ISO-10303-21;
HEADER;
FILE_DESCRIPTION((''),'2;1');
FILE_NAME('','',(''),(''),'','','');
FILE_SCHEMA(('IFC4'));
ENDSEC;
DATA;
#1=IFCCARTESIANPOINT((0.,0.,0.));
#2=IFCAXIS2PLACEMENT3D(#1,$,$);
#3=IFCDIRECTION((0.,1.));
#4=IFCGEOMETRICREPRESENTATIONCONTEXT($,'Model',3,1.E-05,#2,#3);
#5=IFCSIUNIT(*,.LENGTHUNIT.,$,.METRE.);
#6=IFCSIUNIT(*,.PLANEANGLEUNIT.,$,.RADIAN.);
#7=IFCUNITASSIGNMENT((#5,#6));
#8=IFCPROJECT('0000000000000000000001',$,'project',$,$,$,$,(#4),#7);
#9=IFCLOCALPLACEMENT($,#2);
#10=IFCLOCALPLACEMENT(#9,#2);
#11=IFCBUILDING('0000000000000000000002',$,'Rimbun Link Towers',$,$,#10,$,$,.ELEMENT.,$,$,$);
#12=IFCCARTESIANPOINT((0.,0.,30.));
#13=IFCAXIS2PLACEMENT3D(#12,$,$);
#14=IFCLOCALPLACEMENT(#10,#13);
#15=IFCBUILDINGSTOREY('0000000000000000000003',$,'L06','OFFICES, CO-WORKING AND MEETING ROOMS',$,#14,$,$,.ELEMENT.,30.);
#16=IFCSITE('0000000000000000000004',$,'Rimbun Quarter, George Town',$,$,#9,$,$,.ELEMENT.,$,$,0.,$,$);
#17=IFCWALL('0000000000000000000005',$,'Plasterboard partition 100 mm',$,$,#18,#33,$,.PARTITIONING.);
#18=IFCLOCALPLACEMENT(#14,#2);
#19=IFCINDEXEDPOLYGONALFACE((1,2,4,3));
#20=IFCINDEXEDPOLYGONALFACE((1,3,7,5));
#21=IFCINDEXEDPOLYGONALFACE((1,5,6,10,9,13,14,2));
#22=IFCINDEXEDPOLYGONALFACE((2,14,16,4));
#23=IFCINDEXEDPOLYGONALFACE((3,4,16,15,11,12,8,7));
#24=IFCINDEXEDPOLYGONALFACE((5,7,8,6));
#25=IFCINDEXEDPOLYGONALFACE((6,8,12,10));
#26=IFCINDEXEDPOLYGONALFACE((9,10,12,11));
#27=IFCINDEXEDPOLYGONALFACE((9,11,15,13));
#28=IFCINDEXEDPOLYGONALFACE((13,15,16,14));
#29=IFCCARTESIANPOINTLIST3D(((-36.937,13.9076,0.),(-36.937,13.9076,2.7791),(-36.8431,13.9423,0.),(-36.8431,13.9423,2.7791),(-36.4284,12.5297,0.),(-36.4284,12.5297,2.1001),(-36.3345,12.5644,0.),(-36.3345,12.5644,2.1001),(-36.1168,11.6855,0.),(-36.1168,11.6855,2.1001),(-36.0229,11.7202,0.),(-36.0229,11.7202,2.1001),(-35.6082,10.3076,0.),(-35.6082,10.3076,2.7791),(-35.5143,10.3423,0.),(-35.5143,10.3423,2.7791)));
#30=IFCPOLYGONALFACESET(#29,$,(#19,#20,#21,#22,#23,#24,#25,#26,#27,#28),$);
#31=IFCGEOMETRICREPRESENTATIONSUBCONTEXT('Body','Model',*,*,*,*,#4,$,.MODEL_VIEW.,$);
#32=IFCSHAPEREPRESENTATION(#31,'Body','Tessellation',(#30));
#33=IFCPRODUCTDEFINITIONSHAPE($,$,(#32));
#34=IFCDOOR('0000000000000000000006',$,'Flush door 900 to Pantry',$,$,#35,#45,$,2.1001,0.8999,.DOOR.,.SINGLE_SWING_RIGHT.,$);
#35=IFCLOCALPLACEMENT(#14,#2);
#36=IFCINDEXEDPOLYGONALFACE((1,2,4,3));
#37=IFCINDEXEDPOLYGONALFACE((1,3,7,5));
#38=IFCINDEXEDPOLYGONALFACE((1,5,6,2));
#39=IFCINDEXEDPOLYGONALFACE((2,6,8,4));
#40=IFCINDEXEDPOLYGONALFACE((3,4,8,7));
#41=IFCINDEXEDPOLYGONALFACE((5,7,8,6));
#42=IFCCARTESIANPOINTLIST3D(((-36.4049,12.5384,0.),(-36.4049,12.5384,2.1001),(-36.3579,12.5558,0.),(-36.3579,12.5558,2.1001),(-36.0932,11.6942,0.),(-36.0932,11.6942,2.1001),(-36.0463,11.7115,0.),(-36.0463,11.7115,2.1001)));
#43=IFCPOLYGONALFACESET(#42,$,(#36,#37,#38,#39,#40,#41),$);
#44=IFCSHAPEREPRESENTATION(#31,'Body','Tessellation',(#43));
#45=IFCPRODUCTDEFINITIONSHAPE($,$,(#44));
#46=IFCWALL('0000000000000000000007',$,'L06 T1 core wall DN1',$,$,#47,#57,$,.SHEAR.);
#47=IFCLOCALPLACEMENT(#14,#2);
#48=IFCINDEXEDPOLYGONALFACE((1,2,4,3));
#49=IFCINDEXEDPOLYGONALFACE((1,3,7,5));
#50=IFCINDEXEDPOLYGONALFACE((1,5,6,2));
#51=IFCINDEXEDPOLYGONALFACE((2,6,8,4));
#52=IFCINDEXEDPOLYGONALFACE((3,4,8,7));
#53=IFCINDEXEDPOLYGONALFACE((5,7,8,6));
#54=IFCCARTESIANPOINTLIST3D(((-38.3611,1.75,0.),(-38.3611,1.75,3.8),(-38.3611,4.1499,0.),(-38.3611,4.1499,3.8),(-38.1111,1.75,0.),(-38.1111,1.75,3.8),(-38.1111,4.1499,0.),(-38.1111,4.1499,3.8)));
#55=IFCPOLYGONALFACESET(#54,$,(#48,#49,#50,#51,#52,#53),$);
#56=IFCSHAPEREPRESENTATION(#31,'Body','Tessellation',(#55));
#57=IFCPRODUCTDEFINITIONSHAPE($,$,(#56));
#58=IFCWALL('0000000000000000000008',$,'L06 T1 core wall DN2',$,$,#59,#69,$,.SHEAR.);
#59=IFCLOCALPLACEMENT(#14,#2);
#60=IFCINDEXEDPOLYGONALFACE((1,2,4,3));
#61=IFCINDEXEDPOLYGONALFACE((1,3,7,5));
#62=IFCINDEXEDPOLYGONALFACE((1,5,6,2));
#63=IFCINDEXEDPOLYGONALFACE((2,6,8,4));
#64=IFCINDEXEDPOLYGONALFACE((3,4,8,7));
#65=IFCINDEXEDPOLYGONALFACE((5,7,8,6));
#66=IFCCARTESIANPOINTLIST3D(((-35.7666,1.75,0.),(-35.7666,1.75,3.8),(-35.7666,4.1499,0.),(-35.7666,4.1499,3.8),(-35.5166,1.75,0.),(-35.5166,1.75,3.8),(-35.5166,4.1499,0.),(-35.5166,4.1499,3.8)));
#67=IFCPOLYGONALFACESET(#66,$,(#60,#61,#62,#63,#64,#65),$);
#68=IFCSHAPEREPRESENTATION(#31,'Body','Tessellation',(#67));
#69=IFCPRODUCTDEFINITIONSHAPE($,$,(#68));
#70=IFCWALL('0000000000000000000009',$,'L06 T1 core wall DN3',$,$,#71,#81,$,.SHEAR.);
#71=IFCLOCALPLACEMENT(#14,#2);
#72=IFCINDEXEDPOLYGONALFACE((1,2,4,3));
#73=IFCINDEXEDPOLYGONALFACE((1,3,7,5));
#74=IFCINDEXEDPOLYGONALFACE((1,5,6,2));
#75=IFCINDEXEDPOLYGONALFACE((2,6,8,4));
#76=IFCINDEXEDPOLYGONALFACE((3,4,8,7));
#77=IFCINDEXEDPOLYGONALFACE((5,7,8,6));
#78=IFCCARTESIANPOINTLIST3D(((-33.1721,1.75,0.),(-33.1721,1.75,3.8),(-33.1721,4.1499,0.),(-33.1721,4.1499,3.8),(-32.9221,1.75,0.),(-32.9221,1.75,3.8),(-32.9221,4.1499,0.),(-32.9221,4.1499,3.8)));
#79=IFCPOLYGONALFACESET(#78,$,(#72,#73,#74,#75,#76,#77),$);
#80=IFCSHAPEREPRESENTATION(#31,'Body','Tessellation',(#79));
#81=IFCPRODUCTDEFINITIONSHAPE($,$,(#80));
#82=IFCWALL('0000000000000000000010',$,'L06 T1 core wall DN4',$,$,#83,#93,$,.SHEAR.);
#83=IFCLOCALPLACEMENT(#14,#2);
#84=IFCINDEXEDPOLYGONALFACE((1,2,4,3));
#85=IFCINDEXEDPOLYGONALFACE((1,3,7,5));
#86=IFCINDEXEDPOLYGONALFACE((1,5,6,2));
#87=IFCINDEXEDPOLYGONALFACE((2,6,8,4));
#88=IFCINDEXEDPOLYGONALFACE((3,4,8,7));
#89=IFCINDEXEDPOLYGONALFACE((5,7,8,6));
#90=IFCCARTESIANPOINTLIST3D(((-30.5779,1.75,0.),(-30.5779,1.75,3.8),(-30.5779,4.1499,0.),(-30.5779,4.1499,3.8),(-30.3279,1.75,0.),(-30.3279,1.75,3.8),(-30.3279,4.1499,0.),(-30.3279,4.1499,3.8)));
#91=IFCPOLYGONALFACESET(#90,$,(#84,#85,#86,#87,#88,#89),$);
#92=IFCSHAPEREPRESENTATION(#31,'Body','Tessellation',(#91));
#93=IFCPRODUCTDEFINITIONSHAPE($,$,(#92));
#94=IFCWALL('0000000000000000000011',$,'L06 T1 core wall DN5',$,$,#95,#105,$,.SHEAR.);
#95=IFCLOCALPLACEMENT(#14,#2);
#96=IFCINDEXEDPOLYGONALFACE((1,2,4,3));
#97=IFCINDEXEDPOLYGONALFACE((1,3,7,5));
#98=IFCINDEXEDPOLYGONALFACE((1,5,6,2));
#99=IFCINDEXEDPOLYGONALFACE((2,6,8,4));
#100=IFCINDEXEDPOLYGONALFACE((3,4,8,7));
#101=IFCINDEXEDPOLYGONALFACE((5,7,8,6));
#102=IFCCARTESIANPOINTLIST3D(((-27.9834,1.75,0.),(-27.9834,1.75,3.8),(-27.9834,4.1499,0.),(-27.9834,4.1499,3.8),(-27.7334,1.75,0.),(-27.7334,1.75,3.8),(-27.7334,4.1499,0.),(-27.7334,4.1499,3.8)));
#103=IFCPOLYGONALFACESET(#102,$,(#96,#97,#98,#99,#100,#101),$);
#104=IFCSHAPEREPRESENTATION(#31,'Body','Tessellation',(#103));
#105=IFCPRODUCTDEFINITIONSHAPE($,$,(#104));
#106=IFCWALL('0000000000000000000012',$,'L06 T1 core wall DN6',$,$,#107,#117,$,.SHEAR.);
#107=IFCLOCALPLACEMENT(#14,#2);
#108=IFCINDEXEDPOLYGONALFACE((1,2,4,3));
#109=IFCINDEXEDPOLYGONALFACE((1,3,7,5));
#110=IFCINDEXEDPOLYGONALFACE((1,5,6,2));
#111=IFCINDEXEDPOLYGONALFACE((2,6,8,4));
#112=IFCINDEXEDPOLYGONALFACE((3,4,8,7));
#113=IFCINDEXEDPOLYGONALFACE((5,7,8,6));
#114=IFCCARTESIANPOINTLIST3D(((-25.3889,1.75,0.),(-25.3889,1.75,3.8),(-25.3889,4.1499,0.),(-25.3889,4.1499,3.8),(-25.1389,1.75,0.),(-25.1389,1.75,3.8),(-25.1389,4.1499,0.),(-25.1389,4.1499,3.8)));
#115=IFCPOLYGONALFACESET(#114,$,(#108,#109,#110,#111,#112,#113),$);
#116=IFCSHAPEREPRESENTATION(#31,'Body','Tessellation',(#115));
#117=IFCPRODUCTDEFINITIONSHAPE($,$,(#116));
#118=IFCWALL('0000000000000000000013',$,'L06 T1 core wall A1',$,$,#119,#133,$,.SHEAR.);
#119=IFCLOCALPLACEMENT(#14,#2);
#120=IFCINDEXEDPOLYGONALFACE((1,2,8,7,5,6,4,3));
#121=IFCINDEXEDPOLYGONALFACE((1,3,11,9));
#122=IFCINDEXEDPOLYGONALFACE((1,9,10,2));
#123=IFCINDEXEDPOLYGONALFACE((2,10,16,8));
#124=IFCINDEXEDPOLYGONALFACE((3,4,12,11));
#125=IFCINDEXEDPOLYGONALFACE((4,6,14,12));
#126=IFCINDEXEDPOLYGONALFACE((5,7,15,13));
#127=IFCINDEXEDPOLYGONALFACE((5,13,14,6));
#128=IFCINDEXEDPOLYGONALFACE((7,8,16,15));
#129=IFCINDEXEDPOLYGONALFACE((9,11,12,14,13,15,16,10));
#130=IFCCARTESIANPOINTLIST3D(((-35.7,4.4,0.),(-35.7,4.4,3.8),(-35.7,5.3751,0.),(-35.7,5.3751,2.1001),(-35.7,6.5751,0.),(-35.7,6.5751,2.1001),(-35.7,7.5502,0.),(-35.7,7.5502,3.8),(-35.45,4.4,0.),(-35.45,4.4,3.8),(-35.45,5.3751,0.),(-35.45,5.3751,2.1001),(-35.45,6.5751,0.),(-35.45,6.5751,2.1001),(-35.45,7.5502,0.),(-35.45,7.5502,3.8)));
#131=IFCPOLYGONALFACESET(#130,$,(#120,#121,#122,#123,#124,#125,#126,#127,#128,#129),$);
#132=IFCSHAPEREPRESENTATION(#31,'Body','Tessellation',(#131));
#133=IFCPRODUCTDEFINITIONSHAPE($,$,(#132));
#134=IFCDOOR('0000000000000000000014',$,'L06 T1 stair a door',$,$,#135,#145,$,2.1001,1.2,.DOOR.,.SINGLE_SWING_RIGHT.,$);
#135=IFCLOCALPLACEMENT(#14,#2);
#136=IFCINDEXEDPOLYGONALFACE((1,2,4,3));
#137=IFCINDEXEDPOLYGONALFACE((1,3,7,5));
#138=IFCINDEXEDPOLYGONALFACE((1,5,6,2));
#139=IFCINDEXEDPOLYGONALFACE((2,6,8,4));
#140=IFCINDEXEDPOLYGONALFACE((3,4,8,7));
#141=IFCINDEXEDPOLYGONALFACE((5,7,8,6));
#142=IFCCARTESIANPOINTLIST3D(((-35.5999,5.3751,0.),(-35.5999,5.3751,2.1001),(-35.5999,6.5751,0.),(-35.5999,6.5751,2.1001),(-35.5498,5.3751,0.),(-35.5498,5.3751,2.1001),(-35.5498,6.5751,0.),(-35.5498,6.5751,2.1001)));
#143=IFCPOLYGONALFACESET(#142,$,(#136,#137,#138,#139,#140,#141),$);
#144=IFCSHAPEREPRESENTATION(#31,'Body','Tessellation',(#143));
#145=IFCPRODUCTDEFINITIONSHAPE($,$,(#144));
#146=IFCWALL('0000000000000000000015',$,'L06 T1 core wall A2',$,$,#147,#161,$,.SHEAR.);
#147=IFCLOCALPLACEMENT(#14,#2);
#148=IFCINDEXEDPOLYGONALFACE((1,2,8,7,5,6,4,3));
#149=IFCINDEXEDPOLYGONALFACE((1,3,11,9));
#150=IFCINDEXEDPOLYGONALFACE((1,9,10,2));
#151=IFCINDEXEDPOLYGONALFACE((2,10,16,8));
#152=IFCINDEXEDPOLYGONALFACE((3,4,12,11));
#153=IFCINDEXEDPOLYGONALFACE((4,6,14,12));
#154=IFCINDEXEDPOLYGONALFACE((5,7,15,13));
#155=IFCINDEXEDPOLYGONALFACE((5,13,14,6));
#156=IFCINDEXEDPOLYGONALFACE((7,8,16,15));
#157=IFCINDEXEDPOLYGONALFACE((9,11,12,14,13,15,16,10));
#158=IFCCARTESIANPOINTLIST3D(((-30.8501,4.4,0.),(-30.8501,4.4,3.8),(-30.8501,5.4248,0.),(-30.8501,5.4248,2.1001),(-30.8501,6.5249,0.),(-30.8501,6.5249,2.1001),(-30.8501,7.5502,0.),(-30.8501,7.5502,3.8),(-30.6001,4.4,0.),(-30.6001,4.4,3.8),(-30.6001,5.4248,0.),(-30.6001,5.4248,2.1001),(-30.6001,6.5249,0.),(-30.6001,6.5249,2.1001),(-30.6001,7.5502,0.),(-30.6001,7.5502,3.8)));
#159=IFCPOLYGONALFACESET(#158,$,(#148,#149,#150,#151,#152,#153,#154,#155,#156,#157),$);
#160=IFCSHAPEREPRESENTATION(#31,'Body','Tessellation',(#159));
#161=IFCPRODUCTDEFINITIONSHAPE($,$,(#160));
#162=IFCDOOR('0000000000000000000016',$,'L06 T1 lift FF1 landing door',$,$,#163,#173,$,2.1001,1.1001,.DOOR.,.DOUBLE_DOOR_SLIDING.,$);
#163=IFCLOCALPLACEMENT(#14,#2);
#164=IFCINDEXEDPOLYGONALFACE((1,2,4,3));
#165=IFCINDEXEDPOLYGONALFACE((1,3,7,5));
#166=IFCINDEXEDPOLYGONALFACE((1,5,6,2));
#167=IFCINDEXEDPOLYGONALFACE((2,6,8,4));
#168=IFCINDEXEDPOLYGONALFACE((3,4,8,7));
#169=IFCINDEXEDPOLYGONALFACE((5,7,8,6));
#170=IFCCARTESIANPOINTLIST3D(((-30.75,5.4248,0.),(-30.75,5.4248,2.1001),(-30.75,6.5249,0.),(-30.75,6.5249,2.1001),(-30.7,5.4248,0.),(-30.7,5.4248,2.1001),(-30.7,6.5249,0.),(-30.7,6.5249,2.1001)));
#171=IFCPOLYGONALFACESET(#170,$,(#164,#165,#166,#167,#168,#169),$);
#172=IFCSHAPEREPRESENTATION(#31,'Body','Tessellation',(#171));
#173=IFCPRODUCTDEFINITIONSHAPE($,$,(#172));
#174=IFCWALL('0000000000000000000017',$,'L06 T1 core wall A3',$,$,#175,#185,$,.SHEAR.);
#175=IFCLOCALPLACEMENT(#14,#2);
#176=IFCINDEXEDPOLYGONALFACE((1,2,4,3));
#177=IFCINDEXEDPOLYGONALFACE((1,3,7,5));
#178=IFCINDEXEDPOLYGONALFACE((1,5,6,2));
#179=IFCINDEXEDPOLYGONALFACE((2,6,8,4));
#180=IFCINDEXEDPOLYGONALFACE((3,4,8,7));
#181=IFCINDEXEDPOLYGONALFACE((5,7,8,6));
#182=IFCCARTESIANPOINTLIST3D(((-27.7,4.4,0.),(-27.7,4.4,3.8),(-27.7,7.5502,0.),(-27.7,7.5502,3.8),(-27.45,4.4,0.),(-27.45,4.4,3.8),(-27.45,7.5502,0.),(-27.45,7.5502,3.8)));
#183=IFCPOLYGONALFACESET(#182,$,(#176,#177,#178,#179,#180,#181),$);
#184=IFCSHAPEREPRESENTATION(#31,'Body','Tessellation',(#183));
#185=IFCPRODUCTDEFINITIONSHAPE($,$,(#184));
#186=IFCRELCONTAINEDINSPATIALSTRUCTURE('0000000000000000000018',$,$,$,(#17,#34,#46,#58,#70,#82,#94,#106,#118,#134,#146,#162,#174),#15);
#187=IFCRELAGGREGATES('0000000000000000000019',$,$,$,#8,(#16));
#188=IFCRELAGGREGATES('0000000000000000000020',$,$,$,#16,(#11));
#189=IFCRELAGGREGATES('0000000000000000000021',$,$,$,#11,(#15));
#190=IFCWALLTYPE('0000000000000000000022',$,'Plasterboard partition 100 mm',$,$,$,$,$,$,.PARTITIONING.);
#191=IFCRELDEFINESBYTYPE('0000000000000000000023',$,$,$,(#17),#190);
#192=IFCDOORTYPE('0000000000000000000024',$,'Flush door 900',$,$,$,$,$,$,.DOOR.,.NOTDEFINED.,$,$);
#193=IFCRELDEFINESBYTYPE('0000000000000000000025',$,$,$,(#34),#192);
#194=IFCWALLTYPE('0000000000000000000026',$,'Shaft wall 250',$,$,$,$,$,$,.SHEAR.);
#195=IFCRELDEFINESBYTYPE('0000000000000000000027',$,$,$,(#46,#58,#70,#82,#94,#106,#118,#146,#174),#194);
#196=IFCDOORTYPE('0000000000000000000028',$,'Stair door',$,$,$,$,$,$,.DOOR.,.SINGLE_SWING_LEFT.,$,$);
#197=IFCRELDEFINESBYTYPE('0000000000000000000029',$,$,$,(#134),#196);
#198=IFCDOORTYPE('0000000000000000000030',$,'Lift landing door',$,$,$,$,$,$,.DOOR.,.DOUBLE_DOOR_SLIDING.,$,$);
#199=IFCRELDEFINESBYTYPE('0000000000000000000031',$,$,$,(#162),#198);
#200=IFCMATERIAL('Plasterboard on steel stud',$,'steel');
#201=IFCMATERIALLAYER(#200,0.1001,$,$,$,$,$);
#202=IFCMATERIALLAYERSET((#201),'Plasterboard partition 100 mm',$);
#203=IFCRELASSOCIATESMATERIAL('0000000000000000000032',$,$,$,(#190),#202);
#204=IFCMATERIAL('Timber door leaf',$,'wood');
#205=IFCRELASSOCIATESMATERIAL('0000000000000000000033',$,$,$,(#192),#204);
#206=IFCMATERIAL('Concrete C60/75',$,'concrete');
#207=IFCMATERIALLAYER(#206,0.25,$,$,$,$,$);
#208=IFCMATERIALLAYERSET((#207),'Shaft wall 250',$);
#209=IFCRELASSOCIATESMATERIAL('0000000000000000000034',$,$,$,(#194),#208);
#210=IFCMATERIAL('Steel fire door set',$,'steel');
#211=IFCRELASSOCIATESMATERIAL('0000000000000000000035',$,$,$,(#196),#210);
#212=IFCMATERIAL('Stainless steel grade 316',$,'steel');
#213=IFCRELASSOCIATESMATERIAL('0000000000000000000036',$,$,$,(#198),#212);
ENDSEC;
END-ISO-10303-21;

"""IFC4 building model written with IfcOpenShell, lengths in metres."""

from ifc_helpers import new_model, si_unit, direction, frame, frame_2d, origin, place, context, subcontext, project, spatial, rectangle, extrude, material, layer, layer_set, type_object, element, fill, save


model = new_model("IFC4")

# Units and contexts
model_context = context("Model", 3, precision=1e-05, world=origin(), true_north=direction((0.0, 1.0)))
body_context = subcontext(model_context, "Body", "Model", "MODEL_VIEW")
ifc_project = project(units=[si_unit("LENGTHUNIT", "METRE"), si_unit("PLANEANGLEUNIT", "RADIAN")], contexts=[model_context])

# Site, building, storey
site_placement = place(None, origin())
site = spatial("IfcSite", under=ifc_project, at=site_placement, Name="Rimbun Quarter, George Town", CompositionType="ELEMENT", RefElevation=0.0)
building_placement = place(site_placement, origin())
building = spatial("IfcBuilding", under=site, at=building_placement, Name="Rimbun Link Towers", CompositionType="ELEMENT")
storey_placement = place(building_placement, frame((0.0, 0.0, 30.0)))
storey = spatial("IfcBuildingStorey", under=building, at=storey_placement, Name="L06", Description="OFFICES, CO-WORKING AND MEETING ROOMS", CompositionType="ELEMENT", Elevation=30.0)

# Wall, opening, door
ifc_material_1 = material(Name="Plasterboard on steel stud", Category="steel")
ifc_layer_1 = layer(ifc_material_1, 0.1001)
ifc_layer_set_1 = layer_set([ifc_layer_1], Name="Plasterboard partition 100 mm")
wall_type_1 = type_object("IfcWallType", Name="Plasterboard partition 100 mm", PredefinedType="PARTITIONING", material=ifc_layer_set_1)
wall_1_placement = place(storey_placement, frame((-35.5613, 10.325, 0.0), z_axis=(0.0, 0.0, 1.0), x_axis=(-0.34628, 0.938131, 0.0)))
wall_1 = element("IfcWall", 1, at=wall_1_placement, inside=storey, type_object=wall_type_1, Name="Plasterboard partition 100 mm", PredefinedType="PARTITIONING", context=body_context, shape_type="SweptSolid", body=[
    extrude(rectangle(XDim=3.8374, YDim=0.1001, at=frame_2d((1.9187, 0.0))), origin(), (0.0, 0.0, 1.0), 2.7791),
])
opening_1_placement = place(wall_1_placement, frame((1.4688, 0.0, 0.0)))
opening_1 = element("IfcOpeningElement", 2, at=opening_1_placement, cuts=wall_1, PredefinedType="OPENING", context=body_context, shape_type="SweptSolid", body=[
    extrude(rectangle(XDim=0.8999, YDim=2.1001, at=frame_2d((0.45, 1.05))), frame((0.0, 0.0601, 0.0), z_axis=(0.0, -1.0, 0.0), x_axis=(1.0, 0.0, 0.0)), (0.0, 0.0, 1.0), 0.1201),
])
ifc_material_2 = material(Name="Timber door leaf", Category="wood")
door_type_1 = type_object("IfcDoorType", Name="Flush door 900", OperationType="NOTDEFINED", PredefinedType="DOOR", material=ifc_material_2)
door_1_placement = place(opening_1_placement, origin())
door_1 = element("IfcDoor", 3, at=door_1_placement, inside=storey, type_object=door_type_1, Name="Flush door 900 to Pantry", OperationType="SINGLE_SWING_RIGHT", OverallHeight=2.1001, OverallWidth=0.8999, PredefinedType="DOOR", context=body_context, shape_type="SweptSolid", body=[
    extrude(rectangle(XDim=0.8999, YDim=2.1001, at=frame_2d((0.45, 1.05))), frame((0.0, 0.0249, 0.0), z_axis=(0.0, -1.0, 0.0), x_axis=(1.0, 0.0, 0.0)), (0.0, 0.0, 1.0), 0.05),
])
fill(opening_1, door_1)

# Walls
ifc_material_3 = material(Name="Concrete C60/75", Category="concrete")
ifc_layer_2 = layer(ifc_material_3, 0.25)
ifc_layer_set_2 = layer_set([ifc_layer_2], Name="Shaft wall 250")
wall_type_2 = type_object("IfcWallType", Name="Shaft wall 250", PredefinedType="SHEAR", material=ifc_layer_set_2)
for number, where, z_axis, x_axis, name in (
    (4, (-38.2361, 1.75, 0.0), (0.0, 0.0, 1.0), (0.0, 1.0, 0.0), "L06 T1 core wall DN1"),
    (5, (-35.6416, 1.75, 0.0), (0.0, 0.0, 1.0), (0.0, 1.0, 0.0), "L06 T1 core wall DN2"),
    (6, (-33.0471, 1.75, 0.0), (0.0, 0.0, 1.0), (0.0, 1.0, 0.0), "L06 T1 core wall DN3"),
    (7, (-30.4529, 1.75, 0.0), (0.0, 0.0, 1.0), (0.0, 1.0, 0.0), "L06 T1 core wall DN4"),
    (8, (-27.8584, 1.75, 0.0), (0.0, 0.0, 1.0), (0.0, 1.0, 0.0), "L06 T1 core wall DN5"),
    (9, (-25.2639, 1.75, 0.0), (0.0, 0.0, 1.0), (0.0, 1.0, 0.0), "L06 T1 core wall DN6"),
):
    element("IfcWall", number, at=place(storey_placement, frame(where, z_axis=z_axis, x_axis=x_axis)), inside=storey, type_object=wall_type_2, Name=name, PredefinedType="SHEAR", context=body_context, shape_type="SweptSolid", body=[
        extrude(rectangle(XDim=2.3999, YDim=0.25, at=frame_2d((1.2, 0.0))), origin(), (0.0, 0.0, 1.0), 3.8),
    ])

# Walls, openings, doors
wall_2_placement = place(storey_placement, frame((-35.575, 4.3999, 0.0), z_axis=(0.0, 0.0, 1.0), x_axis=(0.0, 1.0, 0.0)))
wall_2 = element("IfcWall", 10, at=wall_2_placement, inside=storey, type_object=wall_type_2, Name="L06 T1 core wall A1", PredefinedType="SHEAR", context=body_context, shape_type="SweptSolid", body=[
    extrude(rectangle(XDim=3.1501, YDim=0.25, at=frame_2d((1.5752, 0.0))), origin(), (0.0, 0.0, 1.0), 3.8),
])
opening_2_placement = place(wall_2_placement, frame((0.9751, 0.0, 0.0)))
opening_2 = element("IfcOpeningElement", 11, at=opening_2_placement, cuts=wall_2, PredefinedType="OPENING", context=body_context, shape_type="SweptSolid", body=[
    extrude(rectangle(XDim=1.2, YDim=2.1001, at=frame_2d((0.6001, 1.05))), frame((0.0, 0.135, 0.0), z_axis=(0.0, -1.0, 0.0), x_axis=(1.0, 0.0, 0.0)), (0.0, 0.0, 1.0), 0.27),
])
ifc_material_4 = material(Name="Steel fire door set", Category="steel")
door_type_2 = type_object("IfcDoorType", Name="Stair door", OperationType="SINGLE_SWING_LEFT", PredefinedType="DOOR", material=ifc_material_4)
door_2_placement = place(opening_2_placement, origin())
door_2 = element("IfcDoor", 12, at=door_2_placement, inside=storey, type_object=door_type_2, Name="L06 T1 stair a door", OperationType="SINGLE_SWING_RIGHT", OverallHeight=2.1001, OverallWidth=1.2, PredefinedType="DOOR", context=body_context, shape_type="SweptSolid", body=[
    extrude(rectangle(XDim=1.2, YDim=2.1001, at=frame_2d((0.6001, 1.05))), frame((0.0, 0.0249, 0.0), z_axis=(0.0, -1.0, 0.0), x_axis=(1.0, 0.0, 0.0)), (0.0, 0.0, 1.0), 0.05),
])
fill(opening_2, door_2)
wall_3_placement = place(storey_placement, frame((-30.7251, 4.3999, 0.0), z_axis=(0.0, 0.0, 1.0), x_axis=(0.0, 1.0, 0.0)))
wall_3 = element("IfcWall", 13, at=wall_3_placement, inside=storey, type_object=wall_type_2, Name="L06 T1 core wall A2", PredefinedType="SHEAR", context=body_context, shape_type="SweptSolid", body=[
    extrude(rectangle(XDim=3.1501, YDim=0.25, at=frame_2d((1.5752, 0.0))), origin(), (0.0, 0.0, 1.0), 3.8),
])
opening_3_placement = place(wall_3_placement, frame((1.0249, 0.0, 0.0)))
opening_3 = element("IfcOpeningElement", 14, at=opening_3_placement, cuts=wall_3, PredefinedType="OPENING", context=body_context, shape_type="SweptSolid", body=[
    extrude(rectangle(XDim=1.1001, YDim=2.1001, at=frame_2d((0.55, 1.05))), frame((0.0, 0.135, 0.0), z_axis=(0.0, -1.0, 0.0), x_axis=(1.0, 0.0, 0.0)), (0.0, 0.0, 1.0), 0.27),
])
ifc_material_5 = material(Name="Stainless steel grade 316", Category="steel")
door_type_3 = type_object("IfcDoorType", Name="Lift landing door", OperationType="DOUBLE_DOOR_SLIDING", PredefinedType="DOOR", material=ifc_material_5)
door_3_placement = place(opening_3_placement, origin())
door_3 = element("IfcDoor", 15, at=door_3_placement, inside=storey, type_object=door_type_3, Name="L06 T1 lift FF1 landing door", OperationType="DOUBLE_DOOR_SLIDING", OverallHeight=2.1001, OverallWidth=1.1001, PredefinedType="DOOR", context=body_context, shape_type="SweptSolid", body=[
    extrude(rectangle(XDim=1.1001, YDim=2.1001, at=frame_2d((0.55, 1.05))), frame((0.0, 0.0249, 0.0), z_axis=(0.0, -1.0, 0.0), x_axis=(1.0, 0.0, 0.0)), (0.0, 0.0, 1.0), 0.05),
])
fill(opening_3, door_3)

# Wall
wall_4_placement = place(storey_placement, frame((-27.575, 4.3999, 0.0), z_axis=(0.0, 0.0, 1.0), x_axis=(0.0, 1.0, 0.0)))
element("IfcWall", 16, at=wall_4_placement, inside=storey, type_object=wall_type_2, Name="L06 T1 core wall A3", PredefinedType="SHEAR", context=body_context, shape_type="SweptSolid", body=[
    extrude(rectangle(XDim=3.1501, YDim=0.25, at=frame_2d((1.5752, 0.0))), origin(), (0.0, 0.0, 1.0), 3.8),
])

save(model, "model.ifc")
